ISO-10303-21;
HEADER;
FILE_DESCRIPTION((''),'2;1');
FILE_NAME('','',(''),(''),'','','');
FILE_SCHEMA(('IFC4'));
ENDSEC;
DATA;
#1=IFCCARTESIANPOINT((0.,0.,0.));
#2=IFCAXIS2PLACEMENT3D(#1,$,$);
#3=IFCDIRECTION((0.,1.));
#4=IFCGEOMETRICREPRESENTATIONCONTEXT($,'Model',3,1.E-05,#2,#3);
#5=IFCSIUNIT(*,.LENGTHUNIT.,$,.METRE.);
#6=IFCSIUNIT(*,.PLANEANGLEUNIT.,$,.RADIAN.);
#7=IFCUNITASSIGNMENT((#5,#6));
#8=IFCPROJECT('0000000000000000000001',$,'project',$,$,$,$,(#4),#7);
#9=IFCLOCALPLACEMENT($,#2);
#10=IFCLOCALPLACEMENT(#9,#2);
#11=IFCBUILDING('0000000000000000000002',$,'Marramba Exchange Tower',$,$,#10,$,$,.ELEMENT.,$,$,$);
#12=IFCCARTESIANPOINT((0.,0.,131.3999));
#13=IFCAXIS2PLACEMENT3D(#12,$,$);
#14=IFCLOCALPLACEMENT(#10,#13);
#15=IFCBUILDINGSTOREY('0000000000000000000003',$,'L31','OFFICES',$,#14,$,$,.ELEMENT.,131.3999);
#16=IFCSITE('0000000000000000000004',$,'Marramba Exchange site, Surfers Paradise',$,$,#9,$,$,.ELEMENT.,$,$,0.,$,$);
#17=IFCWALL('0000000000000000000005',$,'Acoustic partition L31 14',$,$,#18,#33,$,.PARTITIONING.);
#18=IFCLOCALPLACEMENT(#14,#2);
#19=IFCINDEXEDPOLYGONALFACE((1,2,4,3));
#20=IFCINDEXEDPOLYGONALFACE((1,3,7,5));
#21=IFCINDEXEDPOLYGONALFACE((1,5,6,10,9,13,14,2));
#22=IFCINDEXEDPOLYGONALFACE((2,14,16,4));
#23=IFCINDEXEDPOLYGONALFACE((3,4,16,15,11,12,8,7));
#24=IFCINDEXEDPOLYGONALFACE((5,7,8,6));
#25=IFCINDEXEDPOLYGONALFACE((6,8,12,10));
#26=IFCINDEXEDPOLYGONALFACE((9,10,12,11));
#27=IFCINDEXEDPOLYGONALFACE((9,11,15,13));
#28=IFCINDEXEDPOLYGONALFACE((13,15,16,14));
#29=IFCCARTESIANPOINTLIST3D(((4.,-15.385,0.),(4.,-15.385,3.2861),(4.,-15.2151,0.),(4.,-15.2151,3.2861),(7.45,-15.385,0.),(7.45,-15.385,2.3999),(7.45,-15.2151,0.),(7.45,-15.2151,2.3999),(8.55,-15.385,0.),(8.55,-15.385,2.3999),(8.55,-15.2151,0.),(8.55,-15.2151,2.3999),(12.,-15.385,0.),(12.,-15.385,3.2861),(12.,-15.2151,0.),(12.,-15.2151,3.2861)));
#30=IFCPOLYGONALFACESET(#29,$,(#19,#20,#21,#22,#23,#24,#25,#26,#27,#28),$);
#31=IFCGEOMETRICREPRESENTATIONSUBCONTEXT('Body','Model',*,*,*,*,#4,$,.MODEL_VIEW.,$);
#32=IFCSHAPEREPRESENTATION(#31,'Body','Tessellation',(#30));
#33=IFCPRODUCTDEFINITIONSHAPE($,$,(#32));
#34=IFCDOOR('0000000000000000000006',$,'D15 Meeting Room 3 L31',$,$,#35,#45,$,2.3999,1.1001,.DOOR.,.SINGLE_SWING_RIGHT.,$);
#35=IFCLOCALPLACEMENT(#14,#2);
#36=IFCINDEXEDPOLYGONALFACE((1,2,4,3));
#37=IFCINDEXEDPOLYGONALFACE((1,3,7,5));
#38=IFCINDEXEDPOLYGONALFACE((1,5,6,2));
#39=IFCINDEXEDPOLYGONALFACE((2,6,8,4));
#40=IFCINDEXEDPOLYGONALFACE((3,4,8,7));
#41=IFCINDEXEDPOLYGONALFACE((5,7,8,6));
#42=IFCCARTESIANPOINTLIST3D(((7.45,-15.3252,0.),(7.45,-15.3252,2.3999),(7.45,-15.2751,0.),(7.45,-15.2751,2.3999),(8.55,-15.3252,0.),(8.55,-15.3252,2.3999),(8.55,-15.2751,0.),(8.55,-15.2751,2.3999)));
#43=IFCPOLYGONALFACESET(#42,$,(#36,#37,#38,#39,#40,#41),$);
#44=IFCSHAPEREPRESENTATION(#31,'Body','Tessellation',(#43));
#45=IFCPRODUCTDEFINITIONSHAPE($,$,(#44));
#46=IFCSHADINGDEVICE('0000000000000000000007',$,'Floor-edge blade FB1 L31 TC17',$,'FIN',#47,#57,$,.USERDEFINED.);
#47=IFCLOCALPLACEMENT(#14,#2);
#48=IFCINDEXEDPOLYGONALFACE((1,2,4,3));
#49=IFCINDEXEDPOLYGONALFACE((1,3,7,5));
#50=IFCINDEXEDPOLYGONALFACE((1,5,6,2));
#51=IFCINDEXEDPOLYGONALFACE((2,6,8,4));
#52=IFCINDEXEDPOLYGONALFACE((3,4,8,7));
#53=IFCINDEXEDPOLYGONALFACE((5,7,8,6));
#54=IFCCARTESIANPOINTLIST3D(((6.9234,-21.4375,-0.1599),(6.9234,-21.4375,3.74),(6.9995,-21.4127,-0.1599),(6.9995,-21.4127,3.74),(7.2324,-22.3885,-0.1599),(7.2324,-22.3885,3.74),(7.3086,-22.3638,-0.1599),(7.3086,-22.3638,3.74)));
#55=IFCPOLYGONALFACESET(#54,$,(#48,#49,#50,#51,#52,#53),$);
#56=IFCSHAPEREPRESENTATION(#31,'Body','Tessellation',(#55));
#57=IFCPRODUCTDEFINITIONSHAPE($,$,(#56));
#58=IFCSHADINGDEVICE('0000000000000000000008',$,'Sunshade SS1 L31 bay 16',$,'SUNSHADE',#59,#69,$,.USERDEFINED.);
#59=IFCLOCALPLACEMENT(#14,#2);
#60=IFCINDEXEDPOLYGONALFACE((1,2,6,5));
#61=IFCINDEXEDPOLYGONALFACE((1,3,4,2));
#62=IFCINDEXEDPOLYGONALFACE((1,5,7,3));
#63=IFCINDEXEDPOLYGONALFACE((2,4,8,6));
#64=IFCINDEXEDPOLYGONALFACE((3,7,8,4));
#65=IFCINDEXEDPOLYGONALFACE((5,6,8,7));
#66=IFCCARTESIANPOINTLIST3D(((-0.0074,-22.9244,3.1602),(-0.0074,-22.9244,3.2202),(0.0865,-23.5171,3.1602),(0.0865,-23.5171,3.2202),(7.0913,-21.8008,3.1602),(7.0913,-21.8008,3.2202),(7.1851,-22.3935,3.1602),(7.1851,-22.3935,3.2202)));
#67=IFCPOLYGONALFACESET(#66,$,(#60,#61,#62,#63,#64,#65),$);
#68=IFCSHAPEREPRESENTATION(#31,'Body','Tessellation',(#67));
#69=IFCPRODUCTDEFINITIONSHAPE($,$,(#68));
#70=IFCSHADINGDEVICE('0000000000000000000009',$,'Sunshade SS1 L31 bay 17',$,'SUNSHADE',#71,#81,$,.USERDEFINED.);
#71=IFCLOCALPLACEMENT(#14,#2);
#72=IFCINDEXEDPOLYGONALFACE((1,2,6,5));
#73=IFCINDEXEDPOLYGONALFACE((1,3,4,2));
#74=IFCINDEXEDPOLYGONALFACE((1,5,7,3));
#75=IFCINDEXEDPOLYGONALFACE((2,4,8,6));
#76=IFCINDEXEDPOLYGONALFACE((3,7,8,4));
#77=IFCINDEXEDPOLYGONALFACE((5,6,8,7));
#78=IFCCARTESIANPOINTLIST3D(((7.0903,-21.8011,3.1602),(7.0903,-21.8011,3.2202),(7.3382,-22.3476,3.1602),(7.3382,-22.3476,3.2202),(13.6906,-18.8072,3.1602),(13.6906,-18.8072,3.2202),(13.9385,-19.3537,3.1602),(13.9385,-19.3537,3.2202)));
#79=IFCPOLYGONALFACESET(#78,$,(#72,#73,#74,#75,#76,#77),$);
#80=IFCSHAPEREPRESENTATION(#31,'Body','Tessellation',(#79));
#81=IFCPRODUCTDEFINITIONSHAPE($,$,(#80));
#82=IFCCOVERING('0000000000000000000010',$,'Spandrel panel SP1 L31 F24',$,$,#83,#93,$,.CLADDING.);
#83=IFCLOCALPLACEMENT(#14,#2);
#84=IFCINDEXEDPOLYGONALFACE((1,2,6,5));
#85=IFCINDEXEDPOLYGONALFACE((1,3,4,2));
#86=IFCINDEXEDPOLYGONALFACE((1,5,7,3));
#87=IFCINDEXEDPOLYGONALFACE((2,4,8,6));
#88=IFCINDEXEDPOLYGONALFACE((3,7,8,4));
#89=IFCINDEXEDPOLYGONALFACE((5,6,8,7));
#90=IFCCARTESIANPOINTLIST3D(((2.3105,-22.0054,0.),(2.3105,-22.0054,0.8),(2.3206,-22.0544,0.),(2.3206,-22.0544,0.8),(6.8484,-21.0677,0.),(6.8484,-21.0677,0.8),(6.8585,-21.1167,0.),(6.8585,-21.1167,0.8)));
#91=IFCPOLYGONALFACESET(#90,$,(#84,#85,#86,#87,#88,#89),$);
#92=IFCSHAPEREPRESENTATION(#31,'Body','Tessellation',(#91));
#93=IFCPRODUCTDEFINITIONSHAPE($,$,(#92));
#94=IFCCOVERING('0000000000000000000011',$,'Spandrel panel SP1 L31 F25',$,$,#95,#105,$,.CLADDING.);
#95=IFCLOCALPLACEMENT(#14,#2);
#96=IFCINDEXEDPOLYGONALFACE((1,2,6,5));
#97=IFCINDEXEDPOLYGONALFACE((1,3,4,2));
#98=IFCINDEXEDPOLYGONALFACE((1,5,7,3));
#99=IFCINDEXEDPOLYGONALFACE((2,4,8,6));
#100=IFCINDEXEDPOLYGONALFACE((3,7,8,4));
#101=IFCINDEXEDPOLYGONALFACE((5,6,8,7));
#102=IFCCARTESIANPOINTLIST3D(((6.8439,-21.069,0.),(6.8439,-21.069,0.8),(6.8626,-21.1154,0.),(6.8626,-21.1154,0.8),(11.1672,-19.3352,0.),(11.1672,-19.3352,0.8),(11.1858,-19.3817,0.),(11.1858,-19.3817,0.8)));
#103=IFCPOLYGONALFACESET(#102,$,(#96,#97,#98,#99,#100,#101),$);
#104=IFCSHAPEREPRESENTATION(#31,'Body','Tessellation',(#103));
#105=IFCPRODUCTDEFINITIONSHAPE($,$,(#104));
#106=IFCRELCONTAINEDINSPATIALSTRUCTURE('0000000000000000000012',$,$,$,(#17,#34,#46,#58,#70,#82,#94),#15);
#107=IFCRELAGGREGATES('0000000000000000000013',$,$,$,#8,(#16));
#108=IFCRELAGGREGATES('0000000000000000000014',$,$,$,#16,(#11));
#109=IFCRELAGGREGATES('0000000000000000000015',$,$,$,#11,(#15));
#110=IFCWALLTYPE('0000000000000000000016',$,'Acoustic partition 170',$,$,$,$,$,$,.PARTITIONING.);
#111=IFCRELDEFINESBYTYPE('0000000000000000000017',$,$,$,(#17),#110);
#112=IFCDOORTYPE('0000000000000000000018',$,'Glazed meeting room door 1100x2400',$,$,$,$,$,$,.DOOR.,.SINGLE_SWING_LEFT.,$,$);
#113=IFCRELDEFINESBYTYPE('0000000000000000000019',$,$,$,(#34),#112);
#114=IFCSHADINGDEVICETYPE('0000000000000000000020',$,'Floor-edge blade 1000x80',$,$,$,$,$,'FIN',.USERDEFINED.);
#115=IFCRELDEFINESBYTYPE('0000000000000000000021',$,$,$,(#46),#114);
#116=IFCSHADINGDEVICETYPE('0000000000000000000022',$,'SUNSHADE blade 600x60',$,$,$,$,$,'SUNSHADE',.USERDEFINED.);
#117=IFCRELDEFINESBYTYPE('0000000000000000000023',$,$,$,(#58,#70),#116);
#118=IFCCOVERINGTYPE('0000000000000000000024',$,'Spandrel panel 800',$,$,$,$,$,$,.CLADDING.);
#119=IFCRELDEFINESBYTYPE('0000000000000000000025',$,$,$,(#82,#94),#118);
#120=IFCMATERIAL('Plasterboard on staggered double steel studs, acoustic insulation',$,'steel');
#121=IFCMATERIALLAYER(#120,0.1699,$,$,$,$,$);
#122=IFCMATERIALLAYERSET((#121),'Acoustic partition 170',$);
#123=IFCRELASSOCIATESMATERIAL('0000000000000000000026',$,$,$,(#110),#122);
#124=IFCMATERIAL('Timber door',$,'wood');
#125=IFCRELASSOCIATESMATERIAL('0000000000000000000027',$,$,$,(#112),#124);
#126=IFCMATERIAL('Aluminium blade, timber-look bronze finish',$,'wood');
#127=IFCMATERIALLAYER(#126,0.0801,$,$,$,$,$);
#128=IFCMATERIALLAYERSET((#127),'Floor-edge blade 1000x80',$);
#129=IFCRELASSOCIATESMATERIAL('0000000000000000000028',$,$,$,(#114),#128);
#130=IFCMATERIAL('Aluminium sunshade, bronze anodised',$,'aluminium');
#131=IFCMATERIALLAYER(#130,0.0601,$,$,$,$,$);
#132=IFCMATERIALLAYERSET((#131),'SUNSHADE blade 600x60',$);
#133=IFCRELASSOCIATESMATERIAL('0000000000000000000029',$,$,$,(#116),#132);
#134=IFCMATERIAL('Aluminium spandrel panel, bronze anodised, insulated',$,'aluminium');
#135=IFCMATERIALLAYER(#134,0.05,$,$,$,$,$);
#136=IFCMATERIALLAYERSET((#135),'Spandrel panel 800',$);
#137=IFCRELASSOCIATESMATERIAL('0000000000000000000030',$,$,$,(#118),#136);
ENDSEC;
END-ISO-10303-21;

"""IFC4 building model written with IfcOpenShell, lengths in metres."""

from ifc_helpers import new_model, si_unit, direction, frame, frame_2d, origin, origin_2d, place, context, subcontext, project, spatial, rectangle, extrude, material, layer, layer_set, type_object, element, fill, save


model = new_model("IFC4")

# Units and contexts
model_context = context("Model", 3, precision=1e-05, world=origin(), true_north=direction((0.0, 1.0)))
body_context = subcontext(model_context, "Body", "Model", "MODEL_VIEW")
ifc_project = project(units=[si_unit("LENGTHUNIT", "METRE"), si_unit("PLANEANGLEUNIT", "RADIAN")], contexts=[model_context])

# Site, building, storey
site_placement = place(None, origin())
site = spatial("IfcSite", under=ifc_project, at=site_placement, Name="Marramba Exchange site, Surfers Paradise", CompositionType="ELEMENT", RefElevation=0.0)
building_placement = place(site_placement, origin())
building = spatial("IfcBuilding", under=site, at=building_placement, Name="Marramba Exchange Tower", CompositionType="ELEMENT")
storey_placement = place(building_placement, frame((0.0, 0.0, 131.3999)))
storey = spatial("IfcBuildingStorey", under=building, at=storey_placement, Name="L31", Description="OFFICES", CompositionType="ELEMENT", Elevation=131.3999)

# Shared definitions
ifc_material_1 = material(Name="Plasterboard on staggered double steel studs, acoustic insulation", Category="steel")
ifc_layer_1 = layer(ifc_material_1, 0.1699)
ifc_layer_set_1 = layer_set([ifc_layer_1], Name="Acoustic partition 170")
wall_type = type_object("IfcWallType", Name="Acoustic partition 170", PredefinedType="PARTITIONING", material=ifc_layer_set_1)

# Wall, opening, door
wall_1_placement = place(storey_placement, frame((4.0, -15.3, 0.0), z_axis=(0.0, 0.0, 1.0), x_axis=(1.0, 0.0, 0.0)))
wall_1 = element("IfcWall", 1, at=wall_1_placement, inside=storey, type_object=wall_type, Name="Acoustic partition L31 14", PredefinedType="PARTITIONING", context=body_context, shape_type="SweptSolid", body=[
    extrude(rectangle(XDim=8.0, YDim=0.1699, at=frame_2d((4.0, 0.0))), origin(), (0.0, 0.0, 1.0), 3.2861),
])
opening_placement = place(wall_1_placement, frame((3.45, 0.0, 0.0)))
opening = element("IfcOpeningElement", 2, at=opening_placement, cuts=wall_1, PredefinedType="OPENING", context=body_context, shape_type="SweptSolid", body=[
    extrude(rectangle(XDim=1.1001, YDim=2.3999, at=frame_2d((0.55, 1.2))), frame((0.0, 0.095, 0.0), z_axis=(0.0, -1.0, 0.0), x_axis=(1.0, 0.0, 0.0)), (0.0, 0.0, 1.0), 0.1899),
])
ifc_material_2 = material(Name="Timber door", Category="wood")
door_type = type_object("IfcDoorType", Name="Glazed meeting room door 1100x2400", OperationType="SINGLE_SWING_LEFT", PredefinedType="DOOR", material=ifc_material_2)
door_placement = place(opening_placement, origin())
door = element("IfcDoor", 3, at=door_placement, inside=storey, type_object=door_type, Name="D15 Meeting Room 3 L31", OperationType="SINGLE_SWING_RIGHT", OverallHeight=2.3999, OverallWidth=1.1001, PredefinedType="DOOR", context=body_context, shape_type="SweptSolid", body=[
    extrude(rectangle(XDim=1.1001, YDim=2.3999, at=frame_2d((0.55, 1.2))), frame((0.0, 0.0249, 0.0), z_axis=(0.0, -1.0, 0.0), x_axis=(1.0, 0.0, 0.0)), (0.0, 0.0, 1.0), 0.05),
])
fill(opening, door)

# Shading devices
ifc_material_3 = material(Name="Aluminium blade, timber-look bronze finish", Category="wood")
ifc_layer_2 = layer(ifc_material_3, 0.0801)
ifc_layer_set_2 = layer_set([ifc_layer_2], Name="Floor-edge blade 1000x80")
shading_device_type_1 = type_object("IfcShadingDeviceType", Name="Floor-edge blade 1000x80", ElementType="FIN", PredefinedType="USERDEFINED", material=ifc_layer_set_2)
shading_device_1_placement = place(storey_placement, frame((7.116, -21.9006, -0.1599), z_axis=(0.0, 0.0, 1.0), x_axis=(0.309017, -0.951057, 0.0)))
element("IfcShadingDevice", 4, at=shading_device_1_placement, inside=storey, type_object=shading_device_type_1, Name="Floor-edge blade FB1 L31 TC17", ObjectType="FIN", PredefinedType="USERDEFINED", context=body_context, shape_type="SweptSolid", body=[
    extrude(rectangle(XDim=1.0, YDim=0.0801, at=origin_2d()), origin(), (0.0, 0.0, 1.0), 3.8999),
])
ifc_material_4 = material(Name="Aluminium sunshade, bronze anodised", Category="aluminium")
ifc_layer_3 = layer(ifc_material_4, 0.0601)
ifc_layer_set_3 = layer_set([ifc_layer_3], Name="SUNSHADE blade 600x60")
shading_device_type_2 = type_object("IfcShadingDeviceType", Name="SUNSHADE blade 600x60", ElementType="SUNSHADE", PredefinedType="USERDEFINED", material=ifc_layer_set_3)
shading_device_2_placement = place(storey_placement, frame((3.5889, -22.6589, 3.1602), z_axis=(0.0, 0.0, 1.0), x_axis=(0.987705, 0.15633, 0.0)))
element("IfcShadingDevice", 5, at=shading_device_2_placement, inside=storey, type_object=shading_device_type_2, Name="Sunshade SS1 L31 bay 16", ObjectType="SUNSHADE", PredefinedType="USERDEFINED", context=body_context, shape_type="SweptSolid", body=[
    extrude(rectangle(XDim=7.187, YDim=0.6001, at=origin_2d()), origin(), (0.0, 0.0, 1.0), 0.0601),
])
shading_device_3_placement = place(storey_placement, frame((10.5144, -20.5774, 3.1602), z_axis=(0.0, 0.0, 1.0), x_axis=(0.910692, 0.413086, 0.0)))
element("IfcShadingDevice", 6, at=shading_device_3_placement, inside=storey, type_object=shading_device_type_2, Name="Sunshade SS1 L31 bay 17", ObjectType="SUNSHADE", PredefinedType="USERDEFINED", context=body_context, shape_type="SweptSolid", body=[
    extrude(rectangle(XDim=7.2476, YDim=0.6001, at=origin_2d()), origin(), (0.0, 0.0, 1.0), 0.0601),
])

# Coverings
ifc_material_5 = material(Name="Aluminium spandrel panel, bronze anodised, insulated", Category="aluminium")
ifc_layer_4 = layer(ifc_material_5, 0.05)
ifc_layer_set_4 = layer_set([ifc_layer_4], Name="Spandrel panel 800")
covering_type = type_object("IfcCoveringType", Name="Spandrel panel 800", PredefinedType="CLADDING", material=ifc_layer_set_4)
covering_1_placement = place(storey_placement, frame((4.5845, -21.561, 0.0), z_axis=(0.0, 0.0, 1.0), x_axis=(0.97931, 0.202365, 0.0)))
element("IfcCovering", 7, at=covering_1_placement, inside=storey, type_object=covering_type, Name="Spandrel panel SP1 L31 F24", PredefinedType="CLADDING", context=body_context, shape_type="SweptSolid", body=[
    extrude(rectangle(XDim=4.6338, YDim=0.05, at=origin_2d()), origin(), (0.0, 0.0, 1.0), 0.8),
])
covering_2_placement = place(storey_placement, frame((9.0149, -20.2253, 0.0), z_axis=(0.0, 0.0, 1.0), x_axis=(0.928149, 0.372209, 0.0)))
element("IfcCovering", 8, at=covering_2_placement, inside=storey, type_object=covering_type, Name="Spandrel panel SP1 L31 F25", PredefinedType="CLADDING", context=body_context, shape_type="SweptSolid", body=[
    extrude(rectangle(XDim=4.658, YDim=0.05, at=origin_2d()), origin(), (0.0, 0.0, 1.0), 0.8),
])

save(model, "model.ifc")
